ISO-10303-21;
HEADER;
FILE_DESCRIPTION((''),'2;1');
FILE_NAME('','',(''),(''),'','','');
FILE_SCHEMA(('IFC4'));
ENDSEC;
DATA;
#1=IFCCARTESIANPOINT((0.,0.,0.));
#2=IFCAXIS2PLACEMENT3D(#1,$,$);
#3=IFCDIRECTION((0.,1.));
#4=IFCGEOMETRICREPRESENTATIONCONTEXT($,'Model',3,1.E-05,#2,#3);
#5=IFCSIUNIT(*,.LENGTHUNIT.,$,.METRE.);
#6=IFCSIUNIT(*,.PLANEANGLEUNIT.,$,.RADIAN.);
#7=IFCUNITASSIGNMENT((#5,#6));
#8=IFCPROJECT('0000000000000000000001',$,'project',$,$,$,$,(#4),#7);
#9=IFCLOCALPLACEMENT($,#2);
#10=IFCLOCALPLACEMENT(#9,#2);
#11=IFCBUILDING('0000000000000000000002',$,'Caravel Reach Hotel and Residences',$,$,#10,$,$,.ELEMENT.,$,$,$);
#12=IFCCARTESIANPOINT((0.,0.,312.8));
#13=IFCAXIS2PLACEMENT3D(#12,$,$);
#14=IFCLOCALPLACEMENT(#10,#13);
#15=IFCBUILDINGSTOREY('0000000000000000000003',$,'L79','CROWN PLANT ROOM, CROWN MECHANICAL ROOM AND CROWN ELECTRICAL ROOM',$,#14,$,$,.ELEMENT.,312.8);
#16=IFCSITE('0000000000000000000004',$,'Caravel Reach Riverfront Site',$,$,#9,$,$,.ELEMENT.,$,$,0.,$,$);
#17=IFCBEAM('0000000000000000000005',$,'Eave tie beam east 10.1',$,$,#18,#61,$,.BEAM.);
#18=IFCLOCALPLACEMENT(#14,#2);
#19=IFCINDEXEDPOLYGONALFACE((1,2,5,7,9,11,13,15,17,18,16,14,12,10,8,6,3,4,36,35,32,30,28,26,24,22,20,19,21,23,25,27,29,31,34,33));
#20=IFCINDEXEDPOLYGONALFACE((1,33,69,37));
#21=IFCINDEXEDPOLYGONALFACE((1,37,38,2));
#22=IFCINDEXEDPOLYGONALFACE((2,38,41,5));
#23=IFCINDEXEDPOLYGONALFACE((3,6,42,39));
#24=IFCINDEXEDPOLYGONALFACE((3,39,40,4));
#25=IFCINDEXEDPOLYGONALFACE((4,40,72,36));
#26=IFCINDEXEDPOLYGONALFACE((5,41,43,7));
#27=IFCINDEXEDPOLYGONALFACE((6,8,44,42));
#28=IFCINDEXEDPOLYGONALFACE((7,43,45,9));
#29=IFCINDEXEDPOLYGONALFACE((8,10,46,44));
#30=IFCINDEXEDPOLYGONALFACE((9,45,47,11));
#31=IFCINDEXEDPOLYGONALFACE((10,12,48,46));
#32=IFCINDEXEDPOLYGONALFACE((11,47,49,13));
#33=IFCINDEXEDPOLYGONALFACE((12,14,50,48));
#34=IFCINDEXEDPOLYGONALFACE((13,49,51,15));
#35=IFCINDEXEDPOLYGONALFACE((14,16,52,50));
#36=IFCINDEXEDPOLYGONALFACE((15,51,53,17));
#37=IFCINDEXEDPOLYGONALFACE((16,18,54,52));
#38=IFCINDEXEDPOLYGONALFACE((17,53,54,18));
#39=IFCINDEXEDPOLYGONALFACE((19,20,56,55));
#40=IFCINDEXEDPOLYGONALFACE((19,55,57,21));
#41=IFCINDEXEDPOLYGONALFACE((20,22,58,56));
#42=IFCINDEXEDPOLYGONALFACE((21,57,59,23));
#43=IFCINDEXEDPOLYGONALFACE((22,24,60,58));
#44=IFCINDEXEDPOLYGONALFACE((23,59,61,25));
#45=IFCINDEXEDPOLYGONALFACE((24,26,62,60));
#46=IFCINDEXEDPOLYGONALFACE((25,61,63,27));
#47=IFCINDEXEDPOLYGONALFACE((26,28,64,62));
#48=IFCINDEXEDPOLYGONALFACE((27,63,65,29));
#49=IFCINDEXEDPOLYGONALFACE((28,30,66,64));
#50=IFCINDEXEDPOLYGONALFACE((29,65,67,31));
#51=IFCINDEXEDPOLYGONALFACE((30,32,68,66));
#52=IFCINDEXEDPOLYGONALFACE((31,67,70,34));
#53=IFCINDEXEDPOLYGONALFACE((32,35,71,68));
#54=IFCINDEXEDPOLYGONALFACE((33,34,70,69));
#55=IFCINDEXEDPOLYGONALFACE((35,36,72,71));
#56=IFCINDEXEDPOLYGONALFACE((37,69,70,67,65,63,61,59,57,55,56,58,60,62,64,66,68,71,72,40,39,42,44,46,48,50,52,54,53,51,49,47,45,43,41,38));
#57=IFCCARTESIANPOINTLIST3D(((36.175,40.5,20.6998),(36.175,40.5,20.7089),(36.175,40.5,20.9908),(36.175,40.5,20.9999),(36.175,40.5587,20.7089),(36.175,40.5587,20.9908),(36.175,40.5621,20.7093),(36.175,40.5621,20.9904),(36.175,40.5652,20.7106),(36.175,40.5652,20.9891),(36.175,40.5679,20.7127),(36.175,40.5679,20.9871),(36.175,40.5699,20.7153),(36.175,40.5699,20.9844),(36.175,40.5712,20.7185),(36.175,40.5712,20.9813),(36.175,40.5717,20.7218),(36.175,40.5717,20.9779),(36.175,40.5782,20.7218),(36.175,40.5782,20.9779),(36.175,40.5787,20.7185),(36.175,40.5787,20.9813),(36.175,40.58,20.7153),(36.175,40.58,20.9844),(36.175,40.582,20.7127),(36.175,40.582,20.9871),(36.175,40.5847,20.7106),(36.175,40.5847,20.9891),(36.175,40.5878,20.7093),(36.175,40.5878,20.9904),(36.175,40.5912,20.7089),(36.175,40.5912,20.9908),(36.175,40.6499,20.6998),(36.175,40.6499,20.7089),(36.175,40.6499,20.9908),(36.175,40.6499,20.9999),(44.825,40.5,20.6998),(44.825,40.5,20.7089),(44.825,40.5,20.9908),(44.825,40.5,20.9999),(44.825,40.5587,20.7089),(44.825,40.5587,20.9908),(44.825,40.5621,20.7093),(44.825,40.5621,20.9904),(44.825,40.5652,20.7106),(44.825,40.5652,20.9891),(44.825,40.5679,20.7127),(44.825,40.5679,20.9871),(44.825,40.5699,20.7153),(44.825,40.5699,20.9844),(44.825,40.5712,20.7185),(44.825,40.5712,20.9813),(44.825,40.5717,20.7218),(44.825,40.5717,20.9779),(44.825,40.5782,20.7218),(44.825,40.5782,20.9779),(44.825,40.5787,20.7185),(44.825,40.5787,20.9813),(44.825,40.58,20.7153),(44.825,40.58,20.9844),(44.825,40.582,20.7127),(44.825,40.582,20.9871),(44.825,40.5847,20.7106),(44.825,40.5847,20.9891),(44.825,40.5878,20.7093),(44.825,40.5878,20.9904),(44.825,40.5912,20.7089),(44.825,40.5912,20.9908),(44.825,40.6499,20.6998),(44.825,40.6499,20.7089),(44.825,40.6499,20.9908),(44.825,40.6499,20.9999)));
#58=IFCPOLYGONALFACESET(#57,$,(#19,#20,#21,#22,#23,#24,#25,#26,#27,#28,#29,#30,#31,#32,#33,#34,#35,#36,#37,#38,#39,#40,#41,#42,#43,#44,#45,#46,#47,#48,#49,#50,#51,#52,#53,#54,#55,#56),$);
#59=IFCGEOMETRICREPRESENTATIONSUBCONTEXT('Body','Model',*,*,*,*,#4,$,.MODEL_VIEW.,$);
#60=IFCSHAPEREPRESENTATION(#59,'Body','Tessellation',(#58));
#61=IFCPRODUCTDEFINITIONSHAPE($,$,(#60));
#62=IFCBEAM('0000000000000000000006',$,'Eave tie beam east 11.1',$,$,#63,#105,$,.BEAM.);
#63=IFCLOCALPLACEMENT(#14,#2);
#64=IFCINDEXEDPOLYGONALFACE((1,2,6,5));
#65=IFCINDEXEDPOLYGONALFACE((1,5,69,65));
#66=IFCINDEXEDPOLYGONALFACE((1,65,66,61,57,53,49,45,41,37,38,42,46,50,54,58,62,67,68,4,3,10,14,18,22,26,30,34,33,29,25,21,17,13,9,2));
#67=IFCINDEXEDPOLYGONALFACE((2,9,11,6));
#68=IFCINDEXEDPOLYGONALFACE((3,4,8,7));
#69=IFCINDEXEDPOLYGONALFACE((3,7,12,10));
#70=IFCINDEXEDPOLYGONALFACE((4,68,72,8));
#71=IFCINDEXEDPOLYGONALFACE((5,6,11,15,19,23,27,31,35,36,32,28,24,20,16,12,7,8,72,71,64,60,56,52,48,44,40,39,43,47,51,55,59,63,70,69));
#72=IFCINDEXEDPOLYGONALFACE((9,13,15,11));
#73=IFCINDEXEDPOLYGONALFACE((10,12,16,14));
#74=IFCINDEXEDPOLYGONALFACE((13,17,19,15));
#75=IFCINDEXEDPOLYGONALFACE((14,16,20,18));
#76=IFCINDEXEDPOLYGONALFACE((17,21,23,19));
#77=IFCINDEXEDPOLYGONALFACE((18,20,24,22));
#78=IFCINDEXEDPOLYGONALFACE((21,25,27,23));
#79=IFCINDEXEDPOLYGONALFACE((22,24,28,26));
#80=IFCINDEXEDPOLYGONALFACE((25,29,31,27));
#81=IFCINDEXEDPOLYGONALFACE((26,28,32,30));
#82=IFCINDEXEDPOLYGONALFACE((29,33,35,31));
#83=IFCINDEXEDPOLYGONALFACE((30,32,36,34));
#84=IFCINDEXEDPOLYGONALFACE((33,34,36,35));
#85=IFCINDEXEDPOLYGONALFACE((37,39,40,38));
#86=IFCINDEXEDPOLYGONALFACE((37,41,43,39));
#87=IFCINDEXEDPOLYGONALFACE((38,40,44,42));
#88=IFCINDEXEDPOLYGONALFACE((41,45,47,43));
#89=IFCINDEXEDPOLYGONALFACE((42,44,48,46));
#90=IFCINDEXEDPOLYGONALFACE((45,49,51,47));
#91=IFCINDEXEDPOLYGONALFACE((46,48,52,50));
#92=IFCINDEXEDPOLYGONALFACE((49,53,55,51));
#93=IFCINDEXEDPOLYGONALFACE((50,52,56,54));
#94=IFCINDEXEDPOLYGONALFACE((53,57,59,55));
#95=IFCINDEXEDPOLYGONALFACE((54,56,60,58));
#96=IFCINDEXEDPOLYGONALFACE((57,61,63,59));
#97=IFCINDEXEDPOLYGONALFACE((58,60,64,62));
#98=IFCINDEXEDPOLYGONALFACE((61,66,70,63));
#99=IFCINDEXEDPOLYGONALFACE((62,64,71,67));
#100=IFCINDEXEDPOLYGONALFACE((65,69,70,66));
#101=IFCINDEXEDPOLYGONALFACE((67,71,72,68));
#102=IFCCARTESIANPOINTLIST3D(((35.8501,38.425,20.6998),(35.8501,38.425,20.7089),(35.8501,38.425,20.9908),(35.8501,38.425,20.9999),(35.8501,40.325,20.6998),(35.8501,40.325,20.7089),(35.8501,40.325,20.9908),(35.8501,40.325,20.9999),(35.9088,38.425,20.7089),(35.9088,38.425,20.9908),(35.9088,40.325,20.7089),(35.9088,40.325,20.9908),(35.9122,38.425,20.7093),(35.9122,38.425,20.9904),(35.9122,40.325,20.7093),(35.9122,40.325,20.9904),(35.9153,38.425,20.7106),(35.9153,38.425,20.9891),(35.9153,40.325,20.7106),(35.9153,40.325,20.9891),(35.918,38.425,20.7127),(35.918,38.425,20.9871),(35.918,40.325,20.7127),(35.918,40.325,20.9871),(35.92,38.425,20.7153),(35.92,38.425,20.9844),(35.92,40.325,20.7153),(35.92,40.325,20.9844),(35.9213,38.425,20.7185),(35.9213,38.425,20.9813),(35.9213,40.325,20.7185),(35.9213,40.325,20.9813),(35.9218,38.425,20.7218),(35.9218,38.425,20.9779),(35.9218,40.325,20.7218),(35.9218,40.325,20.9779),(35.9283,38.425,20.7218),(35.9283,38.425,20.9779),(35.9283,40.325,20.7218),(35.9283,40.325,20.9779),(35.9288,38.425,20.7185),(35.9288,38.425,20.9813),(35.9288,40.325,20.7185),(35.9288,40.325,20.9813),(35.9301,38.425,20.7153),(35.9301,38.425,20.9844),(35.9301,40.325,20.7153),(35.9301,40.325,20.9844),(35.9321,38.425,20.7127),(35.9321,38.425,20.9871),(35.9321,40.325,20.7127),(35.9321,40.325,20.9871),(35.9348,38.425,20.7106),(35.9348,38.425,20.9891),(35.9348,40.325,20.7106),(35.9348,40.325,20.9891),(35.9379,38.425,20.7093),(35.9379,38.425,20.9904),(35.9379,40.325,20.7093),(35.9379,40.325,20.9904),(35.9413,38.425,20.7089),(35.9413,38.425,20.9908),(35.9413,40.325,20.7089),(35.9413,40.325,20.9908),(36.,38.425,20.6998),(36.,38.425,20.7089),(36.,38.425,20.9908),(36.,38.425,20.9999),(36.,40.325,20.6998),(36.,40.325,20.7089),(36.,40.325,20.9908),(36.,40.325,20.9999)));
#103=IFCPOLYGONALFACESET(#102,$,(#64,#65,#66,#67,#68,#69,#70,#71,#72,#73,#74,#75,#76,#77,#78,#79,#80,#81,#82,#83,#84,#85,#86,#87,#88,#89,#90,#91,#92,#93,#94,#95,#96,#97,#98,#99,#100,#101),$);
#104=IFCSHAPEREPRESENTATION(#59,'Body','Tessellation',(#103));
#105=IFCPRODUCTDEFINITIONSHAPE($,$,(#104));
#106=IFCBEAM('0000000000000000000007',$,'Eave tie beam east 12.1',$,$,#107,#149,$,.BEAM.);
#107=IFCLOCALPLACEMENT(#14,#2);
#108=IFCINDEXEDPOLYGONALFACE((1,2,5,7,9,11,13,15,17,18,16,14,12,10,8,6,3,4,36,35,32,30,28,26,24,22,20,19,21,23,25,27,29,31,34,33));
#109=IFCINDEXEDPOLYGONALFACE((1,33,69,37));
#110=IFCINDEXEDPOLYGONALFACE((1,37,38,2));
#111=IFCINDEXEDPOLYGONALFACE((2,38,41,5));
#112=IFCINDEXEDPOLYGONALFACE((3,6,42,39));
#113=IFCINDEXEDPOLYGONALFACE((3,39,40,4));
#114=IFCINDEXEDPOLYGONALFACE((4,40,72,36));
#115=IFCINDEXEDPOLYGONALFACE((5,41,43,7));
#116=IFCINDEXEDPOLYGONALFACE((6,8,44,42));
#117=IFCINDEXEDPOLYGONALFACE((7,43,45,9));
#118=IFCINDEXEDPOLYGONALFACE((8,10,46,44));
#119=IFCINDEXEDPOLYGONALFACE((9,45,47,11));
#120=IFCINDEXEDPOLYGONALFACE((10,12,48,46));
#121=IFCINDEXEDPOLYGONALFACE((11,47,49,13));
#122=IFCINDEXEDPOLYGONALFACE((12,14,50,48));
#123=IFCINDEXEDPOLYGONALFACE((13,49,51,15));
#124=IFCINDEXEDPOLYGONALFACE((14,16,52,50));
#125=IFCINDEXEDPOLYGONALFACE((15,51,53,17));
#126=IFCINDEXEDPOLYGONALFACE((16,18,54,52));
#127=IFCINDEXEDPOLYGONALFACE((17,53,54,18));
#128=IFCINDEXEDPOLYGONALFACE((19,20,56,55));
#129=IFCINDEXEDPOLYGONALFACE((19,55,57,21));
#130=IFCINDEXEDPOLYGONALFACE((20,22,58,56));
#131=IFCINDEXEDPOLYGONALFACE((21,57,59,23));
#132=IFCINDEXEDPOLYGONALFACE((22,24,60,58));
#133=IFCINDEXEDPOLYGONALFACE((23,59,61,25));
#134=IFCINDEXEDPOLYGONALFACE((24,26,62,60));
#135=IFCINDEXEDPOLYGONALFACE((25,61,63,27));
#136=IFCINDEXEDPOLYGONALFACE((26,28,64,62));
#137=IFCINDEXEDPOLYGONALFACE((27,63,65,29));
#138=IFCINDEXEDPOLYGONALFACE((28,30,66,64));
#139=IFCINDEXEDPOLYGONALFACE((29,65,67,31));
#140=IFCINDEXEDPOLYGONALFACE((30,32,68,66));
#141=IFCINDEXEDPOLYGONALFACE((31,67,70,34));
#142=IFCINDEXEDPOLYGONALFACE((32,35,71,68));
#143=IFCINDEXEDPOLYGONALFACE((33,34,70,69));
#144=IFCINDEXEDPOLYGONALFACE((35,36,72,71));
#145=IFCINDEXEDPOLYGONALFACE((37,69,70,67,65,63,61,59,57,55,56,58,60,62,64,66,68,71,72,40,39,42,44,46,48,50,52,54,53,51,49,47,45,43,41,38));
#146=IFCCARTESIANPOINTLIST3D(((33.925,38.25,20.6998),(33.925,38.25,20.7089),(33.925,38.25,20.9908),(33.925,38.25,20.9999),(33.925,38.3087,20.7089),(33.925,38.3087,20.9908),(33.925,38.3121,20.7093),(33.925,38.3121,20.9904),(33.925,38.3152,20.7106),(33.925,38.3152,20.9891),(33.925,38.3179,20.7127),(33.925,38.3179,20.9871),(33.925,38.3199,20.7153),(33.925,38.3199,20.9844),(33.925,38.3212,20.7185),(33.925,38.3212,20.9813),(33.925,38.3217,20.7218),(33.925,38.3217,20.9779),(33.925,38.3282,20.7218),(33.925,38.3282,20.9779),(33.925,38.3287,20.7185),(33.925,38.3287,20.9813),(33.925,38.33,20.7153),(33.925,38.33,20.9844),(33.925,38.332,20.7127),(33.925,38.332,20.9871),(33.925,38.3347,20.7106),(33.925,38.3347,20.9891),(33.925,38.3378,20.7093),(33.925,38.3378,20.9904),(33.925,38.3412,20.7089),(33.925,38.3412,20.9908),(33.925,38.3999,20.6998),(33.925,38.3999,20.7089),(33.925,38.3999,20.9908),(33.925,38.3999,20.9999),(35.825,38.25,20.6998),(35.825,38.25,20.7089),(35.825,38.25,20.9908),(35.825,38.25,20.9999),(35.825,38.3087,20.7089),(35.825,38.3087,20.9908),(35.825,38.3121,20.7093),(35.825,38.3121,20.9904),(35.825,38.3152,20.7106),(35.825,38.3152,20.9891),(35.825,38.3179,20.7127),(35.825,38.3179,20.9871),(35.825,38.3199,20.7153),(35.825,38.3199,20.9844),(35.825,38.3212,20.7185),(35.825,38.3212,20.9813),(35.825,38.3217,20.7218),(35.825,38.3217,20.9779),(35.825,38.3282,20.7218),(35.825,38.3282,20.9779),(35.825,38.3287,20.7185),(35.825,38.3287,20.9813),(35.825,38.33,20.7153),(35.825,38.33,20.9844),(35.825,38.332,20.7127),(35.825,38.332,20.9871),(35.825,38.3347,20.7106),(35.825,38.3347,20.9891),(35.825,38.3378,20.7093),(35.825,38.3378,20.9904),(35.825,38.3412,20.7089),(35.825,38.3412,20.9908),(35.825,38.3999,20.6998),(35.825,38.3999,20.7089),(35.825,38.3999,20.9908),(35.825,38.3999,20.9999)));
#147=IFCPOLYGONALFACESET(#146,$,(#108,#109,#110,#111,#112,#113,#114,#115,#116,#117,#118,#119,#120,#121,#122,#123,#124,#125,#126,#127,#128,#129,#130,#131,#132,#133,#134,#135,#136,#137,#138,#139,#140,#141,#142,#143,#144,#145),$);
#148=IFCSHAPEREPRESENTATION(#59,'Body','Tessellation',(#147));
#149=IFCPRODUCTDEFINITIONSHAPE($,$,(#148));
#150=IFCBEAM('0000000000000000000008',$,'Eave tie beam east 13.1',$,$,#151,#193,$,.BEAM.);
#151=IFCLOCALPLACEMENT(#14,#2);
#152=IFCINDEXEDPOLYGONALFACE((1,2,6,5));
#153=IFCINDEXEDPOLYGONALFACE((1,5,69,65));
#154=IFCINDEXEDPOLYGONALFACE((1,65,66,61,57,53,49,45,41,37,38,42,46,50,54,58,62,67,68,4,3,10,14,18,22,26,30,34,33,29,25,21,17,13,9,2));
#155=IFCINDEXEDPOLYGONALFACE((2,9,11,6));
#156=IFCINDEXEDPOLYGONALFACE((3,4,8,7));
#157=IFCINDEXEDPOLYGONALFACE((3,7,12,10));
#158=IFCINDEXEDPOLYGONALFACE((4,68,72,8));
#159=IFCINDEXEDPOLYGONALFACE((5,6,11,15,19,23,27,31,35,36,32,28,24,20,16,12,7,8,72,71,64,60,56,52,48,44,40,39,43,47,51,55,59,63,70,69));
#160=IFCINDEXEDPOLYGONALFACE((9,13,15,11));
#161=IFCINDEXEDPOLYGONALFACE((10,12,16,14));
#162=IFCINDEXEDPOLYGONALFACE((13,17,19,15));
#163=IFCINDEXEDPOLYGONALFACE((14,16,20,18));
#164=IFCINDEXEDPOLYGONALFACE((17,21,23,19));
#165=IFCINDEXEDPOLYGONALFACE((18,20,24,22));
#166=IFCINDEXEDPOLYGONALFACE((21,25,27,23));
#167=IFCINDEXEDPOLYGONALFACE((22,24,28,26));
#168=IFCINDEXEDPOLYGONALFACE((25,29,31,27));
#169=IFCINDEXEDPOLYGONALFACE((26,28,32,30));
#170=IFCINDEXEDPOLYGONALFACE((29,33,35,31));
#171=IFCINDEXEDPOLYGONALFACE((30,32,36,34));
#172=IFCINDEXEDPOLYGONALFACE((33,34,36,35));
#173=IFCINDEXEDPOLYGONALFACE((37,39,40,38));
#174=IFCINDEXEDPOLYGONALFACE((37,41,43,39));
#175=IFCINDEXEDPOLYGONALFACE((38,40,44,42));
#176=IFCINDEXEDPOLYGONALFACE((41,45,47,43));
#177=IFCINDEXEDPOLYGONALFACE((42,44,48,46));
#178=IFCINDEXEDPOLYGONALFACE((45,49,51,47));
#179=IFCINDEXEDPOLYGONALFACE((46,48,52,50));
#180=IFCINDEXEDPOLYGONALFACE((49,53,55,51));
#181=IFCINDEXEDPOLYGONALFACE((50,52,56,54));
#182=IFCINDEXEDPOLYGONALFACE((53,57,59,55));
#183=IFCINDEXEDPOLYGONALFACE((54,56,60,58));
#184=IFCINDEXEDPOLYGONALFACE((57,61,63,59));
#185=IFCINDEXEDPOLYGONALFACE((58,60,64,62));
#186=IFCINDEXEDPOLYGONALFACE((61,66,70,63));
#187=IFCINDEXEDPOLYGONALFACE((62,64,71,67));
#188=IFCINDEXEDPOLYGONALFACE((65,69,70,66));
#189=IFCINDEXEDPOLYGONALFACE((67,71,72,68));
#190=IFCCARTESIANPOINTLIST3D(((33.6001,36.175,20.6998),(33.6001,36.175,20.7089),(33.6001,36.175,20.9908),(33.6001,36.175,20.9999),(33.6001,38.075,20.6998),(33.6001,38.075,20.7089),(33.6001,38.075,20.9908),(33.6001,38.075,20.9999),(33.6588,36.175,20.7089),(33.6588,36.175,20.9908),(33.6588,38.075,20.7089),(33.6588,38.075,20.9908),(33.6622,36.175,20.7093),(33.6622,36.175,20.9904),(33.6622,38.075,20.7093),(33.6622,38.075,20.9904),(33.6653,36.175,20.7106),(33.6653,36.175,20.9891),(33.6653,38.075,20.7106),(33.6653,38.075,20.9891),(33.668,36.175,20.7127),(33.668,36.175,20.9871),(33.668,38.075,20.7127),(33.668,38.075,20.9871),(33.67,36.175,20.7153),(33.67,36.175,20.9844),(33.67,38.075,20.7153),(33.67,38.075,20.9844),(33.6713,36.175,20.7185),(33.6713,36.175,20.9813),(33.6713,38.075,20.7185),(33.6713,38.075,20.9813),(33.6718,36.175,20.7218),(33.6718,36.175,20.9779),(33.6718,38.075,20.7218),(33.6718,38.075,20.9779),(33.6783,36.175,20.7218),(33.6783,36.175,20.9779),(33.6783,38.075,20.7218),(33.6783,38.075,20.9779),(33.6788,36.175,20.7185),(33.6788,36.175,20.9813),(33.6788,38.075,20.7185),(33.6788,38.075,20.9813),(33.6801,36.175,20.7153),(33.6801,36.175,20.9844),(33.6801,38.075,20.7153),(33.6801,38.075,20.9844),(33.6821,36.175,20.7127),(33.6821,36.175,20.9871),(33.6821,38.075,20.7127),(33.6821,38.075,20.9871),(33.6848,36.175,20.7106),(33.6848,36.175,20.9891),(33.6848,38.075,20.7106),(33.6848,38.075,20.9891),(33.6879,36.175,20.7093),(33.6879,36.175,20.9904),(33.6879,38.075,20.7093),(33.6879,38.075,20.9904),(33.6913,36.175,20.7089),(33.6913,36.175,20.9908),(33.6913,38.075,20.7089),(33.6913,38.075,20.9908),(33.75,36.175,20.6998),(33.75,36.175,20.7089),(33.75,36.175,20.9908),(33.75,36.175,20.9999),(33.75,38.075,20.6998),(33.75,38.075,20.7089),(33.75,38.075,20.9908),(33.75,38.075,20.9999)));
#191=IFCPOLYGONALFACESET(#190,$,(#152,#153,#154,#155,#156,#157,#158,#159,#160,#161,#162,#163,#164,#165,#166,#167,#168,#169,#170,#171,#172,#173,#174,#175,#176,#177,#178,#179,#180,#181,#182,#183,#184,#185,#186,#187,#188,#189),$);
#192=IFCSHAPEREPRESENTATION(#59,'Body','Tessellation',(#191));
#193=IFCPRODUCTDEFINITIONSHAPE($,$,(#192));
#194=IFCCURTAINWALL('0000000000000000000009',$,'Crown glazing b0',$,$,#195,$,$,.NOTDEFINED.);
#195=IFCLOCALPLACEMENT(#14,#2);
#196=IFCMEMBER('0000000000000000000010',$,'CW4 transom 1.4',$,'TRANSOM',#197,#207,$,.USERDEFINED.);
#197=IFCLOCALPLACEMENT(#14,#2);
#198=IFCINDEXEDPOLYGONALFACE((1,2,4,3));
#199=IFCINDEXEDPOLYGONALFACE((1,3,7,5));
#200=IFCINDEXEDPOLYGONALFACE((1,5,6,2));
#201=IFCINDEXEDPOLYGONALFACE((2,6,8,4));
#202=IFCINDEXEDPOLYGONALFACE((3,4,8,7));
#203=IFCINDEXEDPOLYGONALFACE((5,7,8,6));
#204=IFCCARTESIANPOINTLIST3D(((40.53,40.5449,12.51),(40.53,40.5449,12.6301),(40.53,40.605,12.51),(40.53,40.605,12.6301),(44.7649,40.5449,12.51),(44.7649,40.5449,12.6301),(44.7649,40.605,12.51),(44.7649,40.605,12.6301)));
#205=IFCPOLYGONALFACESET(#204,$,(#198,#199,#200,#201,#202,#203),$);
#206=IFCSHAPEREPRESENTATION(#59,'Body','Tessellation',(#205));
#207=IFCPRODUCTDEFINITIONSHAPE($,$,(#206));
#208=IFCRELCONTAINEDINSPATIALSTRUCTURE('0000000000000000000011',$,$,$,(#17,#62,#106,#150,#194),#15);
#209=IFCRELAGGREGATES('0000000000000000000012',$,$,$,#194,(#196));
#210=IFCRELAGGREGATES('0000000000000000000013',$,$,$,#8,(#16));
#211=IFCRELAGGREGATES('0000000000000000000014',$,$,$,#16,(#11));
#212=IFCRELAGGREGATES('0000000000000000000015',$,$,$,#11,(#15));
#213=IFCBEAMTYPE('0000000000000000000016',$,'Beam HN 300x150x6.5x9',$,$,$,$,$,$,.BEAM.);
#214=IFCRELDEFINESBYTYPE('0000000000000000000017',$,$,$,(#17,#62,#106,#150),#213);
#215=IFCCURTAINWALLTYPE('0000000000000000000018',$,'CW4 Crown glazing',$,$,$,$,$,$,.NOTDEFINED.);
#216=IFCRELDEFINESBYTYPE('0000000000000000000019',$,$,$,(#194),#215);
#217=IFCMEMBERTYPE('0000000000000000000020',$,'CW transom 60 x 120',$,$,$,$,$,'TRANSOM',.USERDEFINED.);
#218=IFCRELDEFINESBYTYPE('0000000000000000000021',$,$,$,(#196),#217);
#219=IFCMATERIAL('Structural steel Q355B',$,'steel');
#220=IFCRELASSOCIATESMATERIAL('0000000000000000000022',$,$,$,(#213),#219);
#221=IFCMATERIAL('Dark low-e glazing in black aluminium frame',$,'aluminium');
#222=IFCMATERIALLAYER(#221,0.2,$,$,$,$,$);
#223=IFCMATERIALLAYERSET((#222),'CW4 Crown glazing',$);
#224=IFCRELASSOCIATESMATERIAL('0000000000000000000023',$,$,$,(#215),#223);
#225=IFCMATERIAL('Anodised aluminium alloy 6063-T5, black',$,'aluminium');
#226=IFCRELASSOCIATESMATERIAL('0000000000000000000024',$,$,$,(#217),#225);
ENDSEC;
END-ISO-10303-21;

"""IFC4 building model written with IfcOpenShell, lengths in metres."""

from ifc_helpers import new_model, si_unit, direction, frame, origin, origin_2d, place, context, subcontext, project, spatial, rectangle, i_section, extrude, material, layer, layer_set, material_profile, profile_set, type_object, element, aggregate, save


model = new_model("IFC4")

# Units and contexts
model_context = context("Model", 3, precision=1e-05, world=origin(), true_north=direction((0.0, 1.0)))
body_context = subcontext(model_context, "Body", "Model", "MODEL_VIEW")
ifc_project = project(units=[si_unit("LENGTHUNIT", "METRE"), si_unit("PLANEANGLEUNIT", "RADIAN")], contexts=[model_context])

# Site, building, storey
site_placement = place(None, origin())
site = spatial("IfcSite", under=ifc_project, at=site_placement, Name="Caravel Reach Riverfront Site", CompositionType="ELEMENT", RefElevation=0.0)
building_placement = place(site_placement, origin())
building = spatial("IfcBuilding", under=site, at=building_placement, Name="Caravel Reach Hotel and Residences", CompositionType="ELEMENT")
storey_placement = place(building_placement, frame((0.0, 0.0, 312.8)))
storey = spatial("IfcBuildingStorey", under=building, at=storey_placement, Name="L79", Description="CROWN PLANT ROOM, CROWN MECHANICAL ROOM AND CROWN ELECTRICAL ROOM", CompositionType="ELEMENT", Elevation=312.8)

# Beams
ifc_material_1 = material(Name="Structural steel Q355B", Category="steel")
ifc_material_profile_1 = material_profile(ifc_material_1, i_section(OverallWidth=0.1499, OverallDepth=0.3, WebThickness=0.0066, FlangeThickness=0.009, FilletRadius=0.0129, at=origin_2d()), Name="HN 300x150x6.5x9")
ifc_profile_set_1 = profile_set([ifc_material_profile_1], Name="Structural steel Q355B")
beam_type = type_object("IfcBeamType", Name="Beam HN 300x150x6.5x9", PredefinedType="BEAM", material=ifc_profile_set_1)
beam_placement = place(storey_placement, frame((44.825, 40.575, 20.8499), z_axis=(-1.0, 0.0, 0.0), x_axis=(0.0, -1.0, 0.0)))
element("IfcBeam", 1, at=beam_placement, inside=storey, type_object=beam_type, Name="Eave tie beam east 10.1", PredefinedType="BEAM", context=body_context, shape_type="SweptSolid", body=[
    extrude(i_section(OverallWidth=0.1499, OverallDepth=0.3, WebThickness=0.0066, FlangeThickness=0.009, FilletRadius=0.0129, at=origin_2d()), origin(), (0.0, 0.0, 1.0), 8.6499),
])
for number, where, z_axis, x_axis, name in (
    (2, (35.925, 40.325, 20.8499), (0.0, -1.0, 0.0), (1.0, 0.0, 0.0), "Eave tie beam east 11.1"),
    (3, (35.825, 38.325, 20.8499), (-1.0, 0.0, 0.0), (0.0, -1.0, 0.0), "Eave tie beam east 12.1"),
    (4, (33.675, 38.075, 20.8499), (0.0, -1.0, 0.0), (1.0, 0.0, 0.0), "Eave tie beam east 13.1"),
):
    element("IfcBeam", number, at=place(storey_placement, frame(where, z_axis=z_axis, x_axis=x_axis)), inside=storey, type_object=beam_type, Name=name, PredefinedType="BEAM", context=body_context, shape_type="SweptSolid", body=[
        extrude(i_section(OverallWidth=0.1499, OverallDepth=0.3, WebThickness=0.0066, FlangeThickness=0.009, FilletRadius=0.0129, at=origin_2d()), origin(), (0.0, 0.0, 1.0), 1.8999),
    ])

# Curtain wall, member
ifc_material_2 = material(Name="Dark low-e glazing in black aluminium frame", Category="aluminium")
ifc_layer_1 = layer(ifc_material_2, 0.2)
ifc_layer_set_1 = layer_set([ifc_layer_1], Name="CW4 Crown glazing")
curtain_wall_type = type_object("IfcCurtainWallType", Name="CW4 Crown glazing", PredefinedType="NOTDEFINED", material=ifc_layer_set_1)
curtain_wall_1_placement = place(storey_placement, origin())
curtain_wall_1 = element("IfcCurtainWall", 5, at=curtain_wall_1_placement, inside=storey, type_object=curtain_wall_type, Name="Crown glazing b0", PredefinedType="NOTDEFINED")
ifc_material_3 = material(Name="Anodised aluminium alloy 6063-T5, black", Category="aluminium")
ifc_material_profile_2 = material_profile(ifc_material_3, rectangle(XDim=0.0601, YDim=0.1201, at=origin_2d()), Name="CW transom 60 x 120")
ifc_profile_set_2 = profile_set([ifc_material_profile_2], Name="Anodised aluminium alloy 6063-T5, black")
member_type = type_object("IfcMemberType", Name="CW transom 60 x 120", ElementType="TRANSOM", PredefinedType="USERDEFINED", material=ifc_profile_set_2)
member_1_placement = place(storey_placement, frame((44.7649, 40.575, 12.5701), z_axis=(-1.0, 0.0, 0.0), x_axis=(0.0, -1.0, 0.0)))
member_1 = element("IfcMember", 6, at=member_1_placement, type_object=member_type, Name="CW4 transom 1.4", ObjectType="TRANSOM", PredefinedType="USERDEFINED", context=body_context, shape_type="SweptSolid", body=[
    extrude(rectangle(XDim=0.0601, YDim=0.1201, at=origin_2d()), origin(), (0.0, 0.0, 1.0), 4.2349),
])

aggregate(curtain_wall_1, [member_1])

save(model, "model.ifc")
